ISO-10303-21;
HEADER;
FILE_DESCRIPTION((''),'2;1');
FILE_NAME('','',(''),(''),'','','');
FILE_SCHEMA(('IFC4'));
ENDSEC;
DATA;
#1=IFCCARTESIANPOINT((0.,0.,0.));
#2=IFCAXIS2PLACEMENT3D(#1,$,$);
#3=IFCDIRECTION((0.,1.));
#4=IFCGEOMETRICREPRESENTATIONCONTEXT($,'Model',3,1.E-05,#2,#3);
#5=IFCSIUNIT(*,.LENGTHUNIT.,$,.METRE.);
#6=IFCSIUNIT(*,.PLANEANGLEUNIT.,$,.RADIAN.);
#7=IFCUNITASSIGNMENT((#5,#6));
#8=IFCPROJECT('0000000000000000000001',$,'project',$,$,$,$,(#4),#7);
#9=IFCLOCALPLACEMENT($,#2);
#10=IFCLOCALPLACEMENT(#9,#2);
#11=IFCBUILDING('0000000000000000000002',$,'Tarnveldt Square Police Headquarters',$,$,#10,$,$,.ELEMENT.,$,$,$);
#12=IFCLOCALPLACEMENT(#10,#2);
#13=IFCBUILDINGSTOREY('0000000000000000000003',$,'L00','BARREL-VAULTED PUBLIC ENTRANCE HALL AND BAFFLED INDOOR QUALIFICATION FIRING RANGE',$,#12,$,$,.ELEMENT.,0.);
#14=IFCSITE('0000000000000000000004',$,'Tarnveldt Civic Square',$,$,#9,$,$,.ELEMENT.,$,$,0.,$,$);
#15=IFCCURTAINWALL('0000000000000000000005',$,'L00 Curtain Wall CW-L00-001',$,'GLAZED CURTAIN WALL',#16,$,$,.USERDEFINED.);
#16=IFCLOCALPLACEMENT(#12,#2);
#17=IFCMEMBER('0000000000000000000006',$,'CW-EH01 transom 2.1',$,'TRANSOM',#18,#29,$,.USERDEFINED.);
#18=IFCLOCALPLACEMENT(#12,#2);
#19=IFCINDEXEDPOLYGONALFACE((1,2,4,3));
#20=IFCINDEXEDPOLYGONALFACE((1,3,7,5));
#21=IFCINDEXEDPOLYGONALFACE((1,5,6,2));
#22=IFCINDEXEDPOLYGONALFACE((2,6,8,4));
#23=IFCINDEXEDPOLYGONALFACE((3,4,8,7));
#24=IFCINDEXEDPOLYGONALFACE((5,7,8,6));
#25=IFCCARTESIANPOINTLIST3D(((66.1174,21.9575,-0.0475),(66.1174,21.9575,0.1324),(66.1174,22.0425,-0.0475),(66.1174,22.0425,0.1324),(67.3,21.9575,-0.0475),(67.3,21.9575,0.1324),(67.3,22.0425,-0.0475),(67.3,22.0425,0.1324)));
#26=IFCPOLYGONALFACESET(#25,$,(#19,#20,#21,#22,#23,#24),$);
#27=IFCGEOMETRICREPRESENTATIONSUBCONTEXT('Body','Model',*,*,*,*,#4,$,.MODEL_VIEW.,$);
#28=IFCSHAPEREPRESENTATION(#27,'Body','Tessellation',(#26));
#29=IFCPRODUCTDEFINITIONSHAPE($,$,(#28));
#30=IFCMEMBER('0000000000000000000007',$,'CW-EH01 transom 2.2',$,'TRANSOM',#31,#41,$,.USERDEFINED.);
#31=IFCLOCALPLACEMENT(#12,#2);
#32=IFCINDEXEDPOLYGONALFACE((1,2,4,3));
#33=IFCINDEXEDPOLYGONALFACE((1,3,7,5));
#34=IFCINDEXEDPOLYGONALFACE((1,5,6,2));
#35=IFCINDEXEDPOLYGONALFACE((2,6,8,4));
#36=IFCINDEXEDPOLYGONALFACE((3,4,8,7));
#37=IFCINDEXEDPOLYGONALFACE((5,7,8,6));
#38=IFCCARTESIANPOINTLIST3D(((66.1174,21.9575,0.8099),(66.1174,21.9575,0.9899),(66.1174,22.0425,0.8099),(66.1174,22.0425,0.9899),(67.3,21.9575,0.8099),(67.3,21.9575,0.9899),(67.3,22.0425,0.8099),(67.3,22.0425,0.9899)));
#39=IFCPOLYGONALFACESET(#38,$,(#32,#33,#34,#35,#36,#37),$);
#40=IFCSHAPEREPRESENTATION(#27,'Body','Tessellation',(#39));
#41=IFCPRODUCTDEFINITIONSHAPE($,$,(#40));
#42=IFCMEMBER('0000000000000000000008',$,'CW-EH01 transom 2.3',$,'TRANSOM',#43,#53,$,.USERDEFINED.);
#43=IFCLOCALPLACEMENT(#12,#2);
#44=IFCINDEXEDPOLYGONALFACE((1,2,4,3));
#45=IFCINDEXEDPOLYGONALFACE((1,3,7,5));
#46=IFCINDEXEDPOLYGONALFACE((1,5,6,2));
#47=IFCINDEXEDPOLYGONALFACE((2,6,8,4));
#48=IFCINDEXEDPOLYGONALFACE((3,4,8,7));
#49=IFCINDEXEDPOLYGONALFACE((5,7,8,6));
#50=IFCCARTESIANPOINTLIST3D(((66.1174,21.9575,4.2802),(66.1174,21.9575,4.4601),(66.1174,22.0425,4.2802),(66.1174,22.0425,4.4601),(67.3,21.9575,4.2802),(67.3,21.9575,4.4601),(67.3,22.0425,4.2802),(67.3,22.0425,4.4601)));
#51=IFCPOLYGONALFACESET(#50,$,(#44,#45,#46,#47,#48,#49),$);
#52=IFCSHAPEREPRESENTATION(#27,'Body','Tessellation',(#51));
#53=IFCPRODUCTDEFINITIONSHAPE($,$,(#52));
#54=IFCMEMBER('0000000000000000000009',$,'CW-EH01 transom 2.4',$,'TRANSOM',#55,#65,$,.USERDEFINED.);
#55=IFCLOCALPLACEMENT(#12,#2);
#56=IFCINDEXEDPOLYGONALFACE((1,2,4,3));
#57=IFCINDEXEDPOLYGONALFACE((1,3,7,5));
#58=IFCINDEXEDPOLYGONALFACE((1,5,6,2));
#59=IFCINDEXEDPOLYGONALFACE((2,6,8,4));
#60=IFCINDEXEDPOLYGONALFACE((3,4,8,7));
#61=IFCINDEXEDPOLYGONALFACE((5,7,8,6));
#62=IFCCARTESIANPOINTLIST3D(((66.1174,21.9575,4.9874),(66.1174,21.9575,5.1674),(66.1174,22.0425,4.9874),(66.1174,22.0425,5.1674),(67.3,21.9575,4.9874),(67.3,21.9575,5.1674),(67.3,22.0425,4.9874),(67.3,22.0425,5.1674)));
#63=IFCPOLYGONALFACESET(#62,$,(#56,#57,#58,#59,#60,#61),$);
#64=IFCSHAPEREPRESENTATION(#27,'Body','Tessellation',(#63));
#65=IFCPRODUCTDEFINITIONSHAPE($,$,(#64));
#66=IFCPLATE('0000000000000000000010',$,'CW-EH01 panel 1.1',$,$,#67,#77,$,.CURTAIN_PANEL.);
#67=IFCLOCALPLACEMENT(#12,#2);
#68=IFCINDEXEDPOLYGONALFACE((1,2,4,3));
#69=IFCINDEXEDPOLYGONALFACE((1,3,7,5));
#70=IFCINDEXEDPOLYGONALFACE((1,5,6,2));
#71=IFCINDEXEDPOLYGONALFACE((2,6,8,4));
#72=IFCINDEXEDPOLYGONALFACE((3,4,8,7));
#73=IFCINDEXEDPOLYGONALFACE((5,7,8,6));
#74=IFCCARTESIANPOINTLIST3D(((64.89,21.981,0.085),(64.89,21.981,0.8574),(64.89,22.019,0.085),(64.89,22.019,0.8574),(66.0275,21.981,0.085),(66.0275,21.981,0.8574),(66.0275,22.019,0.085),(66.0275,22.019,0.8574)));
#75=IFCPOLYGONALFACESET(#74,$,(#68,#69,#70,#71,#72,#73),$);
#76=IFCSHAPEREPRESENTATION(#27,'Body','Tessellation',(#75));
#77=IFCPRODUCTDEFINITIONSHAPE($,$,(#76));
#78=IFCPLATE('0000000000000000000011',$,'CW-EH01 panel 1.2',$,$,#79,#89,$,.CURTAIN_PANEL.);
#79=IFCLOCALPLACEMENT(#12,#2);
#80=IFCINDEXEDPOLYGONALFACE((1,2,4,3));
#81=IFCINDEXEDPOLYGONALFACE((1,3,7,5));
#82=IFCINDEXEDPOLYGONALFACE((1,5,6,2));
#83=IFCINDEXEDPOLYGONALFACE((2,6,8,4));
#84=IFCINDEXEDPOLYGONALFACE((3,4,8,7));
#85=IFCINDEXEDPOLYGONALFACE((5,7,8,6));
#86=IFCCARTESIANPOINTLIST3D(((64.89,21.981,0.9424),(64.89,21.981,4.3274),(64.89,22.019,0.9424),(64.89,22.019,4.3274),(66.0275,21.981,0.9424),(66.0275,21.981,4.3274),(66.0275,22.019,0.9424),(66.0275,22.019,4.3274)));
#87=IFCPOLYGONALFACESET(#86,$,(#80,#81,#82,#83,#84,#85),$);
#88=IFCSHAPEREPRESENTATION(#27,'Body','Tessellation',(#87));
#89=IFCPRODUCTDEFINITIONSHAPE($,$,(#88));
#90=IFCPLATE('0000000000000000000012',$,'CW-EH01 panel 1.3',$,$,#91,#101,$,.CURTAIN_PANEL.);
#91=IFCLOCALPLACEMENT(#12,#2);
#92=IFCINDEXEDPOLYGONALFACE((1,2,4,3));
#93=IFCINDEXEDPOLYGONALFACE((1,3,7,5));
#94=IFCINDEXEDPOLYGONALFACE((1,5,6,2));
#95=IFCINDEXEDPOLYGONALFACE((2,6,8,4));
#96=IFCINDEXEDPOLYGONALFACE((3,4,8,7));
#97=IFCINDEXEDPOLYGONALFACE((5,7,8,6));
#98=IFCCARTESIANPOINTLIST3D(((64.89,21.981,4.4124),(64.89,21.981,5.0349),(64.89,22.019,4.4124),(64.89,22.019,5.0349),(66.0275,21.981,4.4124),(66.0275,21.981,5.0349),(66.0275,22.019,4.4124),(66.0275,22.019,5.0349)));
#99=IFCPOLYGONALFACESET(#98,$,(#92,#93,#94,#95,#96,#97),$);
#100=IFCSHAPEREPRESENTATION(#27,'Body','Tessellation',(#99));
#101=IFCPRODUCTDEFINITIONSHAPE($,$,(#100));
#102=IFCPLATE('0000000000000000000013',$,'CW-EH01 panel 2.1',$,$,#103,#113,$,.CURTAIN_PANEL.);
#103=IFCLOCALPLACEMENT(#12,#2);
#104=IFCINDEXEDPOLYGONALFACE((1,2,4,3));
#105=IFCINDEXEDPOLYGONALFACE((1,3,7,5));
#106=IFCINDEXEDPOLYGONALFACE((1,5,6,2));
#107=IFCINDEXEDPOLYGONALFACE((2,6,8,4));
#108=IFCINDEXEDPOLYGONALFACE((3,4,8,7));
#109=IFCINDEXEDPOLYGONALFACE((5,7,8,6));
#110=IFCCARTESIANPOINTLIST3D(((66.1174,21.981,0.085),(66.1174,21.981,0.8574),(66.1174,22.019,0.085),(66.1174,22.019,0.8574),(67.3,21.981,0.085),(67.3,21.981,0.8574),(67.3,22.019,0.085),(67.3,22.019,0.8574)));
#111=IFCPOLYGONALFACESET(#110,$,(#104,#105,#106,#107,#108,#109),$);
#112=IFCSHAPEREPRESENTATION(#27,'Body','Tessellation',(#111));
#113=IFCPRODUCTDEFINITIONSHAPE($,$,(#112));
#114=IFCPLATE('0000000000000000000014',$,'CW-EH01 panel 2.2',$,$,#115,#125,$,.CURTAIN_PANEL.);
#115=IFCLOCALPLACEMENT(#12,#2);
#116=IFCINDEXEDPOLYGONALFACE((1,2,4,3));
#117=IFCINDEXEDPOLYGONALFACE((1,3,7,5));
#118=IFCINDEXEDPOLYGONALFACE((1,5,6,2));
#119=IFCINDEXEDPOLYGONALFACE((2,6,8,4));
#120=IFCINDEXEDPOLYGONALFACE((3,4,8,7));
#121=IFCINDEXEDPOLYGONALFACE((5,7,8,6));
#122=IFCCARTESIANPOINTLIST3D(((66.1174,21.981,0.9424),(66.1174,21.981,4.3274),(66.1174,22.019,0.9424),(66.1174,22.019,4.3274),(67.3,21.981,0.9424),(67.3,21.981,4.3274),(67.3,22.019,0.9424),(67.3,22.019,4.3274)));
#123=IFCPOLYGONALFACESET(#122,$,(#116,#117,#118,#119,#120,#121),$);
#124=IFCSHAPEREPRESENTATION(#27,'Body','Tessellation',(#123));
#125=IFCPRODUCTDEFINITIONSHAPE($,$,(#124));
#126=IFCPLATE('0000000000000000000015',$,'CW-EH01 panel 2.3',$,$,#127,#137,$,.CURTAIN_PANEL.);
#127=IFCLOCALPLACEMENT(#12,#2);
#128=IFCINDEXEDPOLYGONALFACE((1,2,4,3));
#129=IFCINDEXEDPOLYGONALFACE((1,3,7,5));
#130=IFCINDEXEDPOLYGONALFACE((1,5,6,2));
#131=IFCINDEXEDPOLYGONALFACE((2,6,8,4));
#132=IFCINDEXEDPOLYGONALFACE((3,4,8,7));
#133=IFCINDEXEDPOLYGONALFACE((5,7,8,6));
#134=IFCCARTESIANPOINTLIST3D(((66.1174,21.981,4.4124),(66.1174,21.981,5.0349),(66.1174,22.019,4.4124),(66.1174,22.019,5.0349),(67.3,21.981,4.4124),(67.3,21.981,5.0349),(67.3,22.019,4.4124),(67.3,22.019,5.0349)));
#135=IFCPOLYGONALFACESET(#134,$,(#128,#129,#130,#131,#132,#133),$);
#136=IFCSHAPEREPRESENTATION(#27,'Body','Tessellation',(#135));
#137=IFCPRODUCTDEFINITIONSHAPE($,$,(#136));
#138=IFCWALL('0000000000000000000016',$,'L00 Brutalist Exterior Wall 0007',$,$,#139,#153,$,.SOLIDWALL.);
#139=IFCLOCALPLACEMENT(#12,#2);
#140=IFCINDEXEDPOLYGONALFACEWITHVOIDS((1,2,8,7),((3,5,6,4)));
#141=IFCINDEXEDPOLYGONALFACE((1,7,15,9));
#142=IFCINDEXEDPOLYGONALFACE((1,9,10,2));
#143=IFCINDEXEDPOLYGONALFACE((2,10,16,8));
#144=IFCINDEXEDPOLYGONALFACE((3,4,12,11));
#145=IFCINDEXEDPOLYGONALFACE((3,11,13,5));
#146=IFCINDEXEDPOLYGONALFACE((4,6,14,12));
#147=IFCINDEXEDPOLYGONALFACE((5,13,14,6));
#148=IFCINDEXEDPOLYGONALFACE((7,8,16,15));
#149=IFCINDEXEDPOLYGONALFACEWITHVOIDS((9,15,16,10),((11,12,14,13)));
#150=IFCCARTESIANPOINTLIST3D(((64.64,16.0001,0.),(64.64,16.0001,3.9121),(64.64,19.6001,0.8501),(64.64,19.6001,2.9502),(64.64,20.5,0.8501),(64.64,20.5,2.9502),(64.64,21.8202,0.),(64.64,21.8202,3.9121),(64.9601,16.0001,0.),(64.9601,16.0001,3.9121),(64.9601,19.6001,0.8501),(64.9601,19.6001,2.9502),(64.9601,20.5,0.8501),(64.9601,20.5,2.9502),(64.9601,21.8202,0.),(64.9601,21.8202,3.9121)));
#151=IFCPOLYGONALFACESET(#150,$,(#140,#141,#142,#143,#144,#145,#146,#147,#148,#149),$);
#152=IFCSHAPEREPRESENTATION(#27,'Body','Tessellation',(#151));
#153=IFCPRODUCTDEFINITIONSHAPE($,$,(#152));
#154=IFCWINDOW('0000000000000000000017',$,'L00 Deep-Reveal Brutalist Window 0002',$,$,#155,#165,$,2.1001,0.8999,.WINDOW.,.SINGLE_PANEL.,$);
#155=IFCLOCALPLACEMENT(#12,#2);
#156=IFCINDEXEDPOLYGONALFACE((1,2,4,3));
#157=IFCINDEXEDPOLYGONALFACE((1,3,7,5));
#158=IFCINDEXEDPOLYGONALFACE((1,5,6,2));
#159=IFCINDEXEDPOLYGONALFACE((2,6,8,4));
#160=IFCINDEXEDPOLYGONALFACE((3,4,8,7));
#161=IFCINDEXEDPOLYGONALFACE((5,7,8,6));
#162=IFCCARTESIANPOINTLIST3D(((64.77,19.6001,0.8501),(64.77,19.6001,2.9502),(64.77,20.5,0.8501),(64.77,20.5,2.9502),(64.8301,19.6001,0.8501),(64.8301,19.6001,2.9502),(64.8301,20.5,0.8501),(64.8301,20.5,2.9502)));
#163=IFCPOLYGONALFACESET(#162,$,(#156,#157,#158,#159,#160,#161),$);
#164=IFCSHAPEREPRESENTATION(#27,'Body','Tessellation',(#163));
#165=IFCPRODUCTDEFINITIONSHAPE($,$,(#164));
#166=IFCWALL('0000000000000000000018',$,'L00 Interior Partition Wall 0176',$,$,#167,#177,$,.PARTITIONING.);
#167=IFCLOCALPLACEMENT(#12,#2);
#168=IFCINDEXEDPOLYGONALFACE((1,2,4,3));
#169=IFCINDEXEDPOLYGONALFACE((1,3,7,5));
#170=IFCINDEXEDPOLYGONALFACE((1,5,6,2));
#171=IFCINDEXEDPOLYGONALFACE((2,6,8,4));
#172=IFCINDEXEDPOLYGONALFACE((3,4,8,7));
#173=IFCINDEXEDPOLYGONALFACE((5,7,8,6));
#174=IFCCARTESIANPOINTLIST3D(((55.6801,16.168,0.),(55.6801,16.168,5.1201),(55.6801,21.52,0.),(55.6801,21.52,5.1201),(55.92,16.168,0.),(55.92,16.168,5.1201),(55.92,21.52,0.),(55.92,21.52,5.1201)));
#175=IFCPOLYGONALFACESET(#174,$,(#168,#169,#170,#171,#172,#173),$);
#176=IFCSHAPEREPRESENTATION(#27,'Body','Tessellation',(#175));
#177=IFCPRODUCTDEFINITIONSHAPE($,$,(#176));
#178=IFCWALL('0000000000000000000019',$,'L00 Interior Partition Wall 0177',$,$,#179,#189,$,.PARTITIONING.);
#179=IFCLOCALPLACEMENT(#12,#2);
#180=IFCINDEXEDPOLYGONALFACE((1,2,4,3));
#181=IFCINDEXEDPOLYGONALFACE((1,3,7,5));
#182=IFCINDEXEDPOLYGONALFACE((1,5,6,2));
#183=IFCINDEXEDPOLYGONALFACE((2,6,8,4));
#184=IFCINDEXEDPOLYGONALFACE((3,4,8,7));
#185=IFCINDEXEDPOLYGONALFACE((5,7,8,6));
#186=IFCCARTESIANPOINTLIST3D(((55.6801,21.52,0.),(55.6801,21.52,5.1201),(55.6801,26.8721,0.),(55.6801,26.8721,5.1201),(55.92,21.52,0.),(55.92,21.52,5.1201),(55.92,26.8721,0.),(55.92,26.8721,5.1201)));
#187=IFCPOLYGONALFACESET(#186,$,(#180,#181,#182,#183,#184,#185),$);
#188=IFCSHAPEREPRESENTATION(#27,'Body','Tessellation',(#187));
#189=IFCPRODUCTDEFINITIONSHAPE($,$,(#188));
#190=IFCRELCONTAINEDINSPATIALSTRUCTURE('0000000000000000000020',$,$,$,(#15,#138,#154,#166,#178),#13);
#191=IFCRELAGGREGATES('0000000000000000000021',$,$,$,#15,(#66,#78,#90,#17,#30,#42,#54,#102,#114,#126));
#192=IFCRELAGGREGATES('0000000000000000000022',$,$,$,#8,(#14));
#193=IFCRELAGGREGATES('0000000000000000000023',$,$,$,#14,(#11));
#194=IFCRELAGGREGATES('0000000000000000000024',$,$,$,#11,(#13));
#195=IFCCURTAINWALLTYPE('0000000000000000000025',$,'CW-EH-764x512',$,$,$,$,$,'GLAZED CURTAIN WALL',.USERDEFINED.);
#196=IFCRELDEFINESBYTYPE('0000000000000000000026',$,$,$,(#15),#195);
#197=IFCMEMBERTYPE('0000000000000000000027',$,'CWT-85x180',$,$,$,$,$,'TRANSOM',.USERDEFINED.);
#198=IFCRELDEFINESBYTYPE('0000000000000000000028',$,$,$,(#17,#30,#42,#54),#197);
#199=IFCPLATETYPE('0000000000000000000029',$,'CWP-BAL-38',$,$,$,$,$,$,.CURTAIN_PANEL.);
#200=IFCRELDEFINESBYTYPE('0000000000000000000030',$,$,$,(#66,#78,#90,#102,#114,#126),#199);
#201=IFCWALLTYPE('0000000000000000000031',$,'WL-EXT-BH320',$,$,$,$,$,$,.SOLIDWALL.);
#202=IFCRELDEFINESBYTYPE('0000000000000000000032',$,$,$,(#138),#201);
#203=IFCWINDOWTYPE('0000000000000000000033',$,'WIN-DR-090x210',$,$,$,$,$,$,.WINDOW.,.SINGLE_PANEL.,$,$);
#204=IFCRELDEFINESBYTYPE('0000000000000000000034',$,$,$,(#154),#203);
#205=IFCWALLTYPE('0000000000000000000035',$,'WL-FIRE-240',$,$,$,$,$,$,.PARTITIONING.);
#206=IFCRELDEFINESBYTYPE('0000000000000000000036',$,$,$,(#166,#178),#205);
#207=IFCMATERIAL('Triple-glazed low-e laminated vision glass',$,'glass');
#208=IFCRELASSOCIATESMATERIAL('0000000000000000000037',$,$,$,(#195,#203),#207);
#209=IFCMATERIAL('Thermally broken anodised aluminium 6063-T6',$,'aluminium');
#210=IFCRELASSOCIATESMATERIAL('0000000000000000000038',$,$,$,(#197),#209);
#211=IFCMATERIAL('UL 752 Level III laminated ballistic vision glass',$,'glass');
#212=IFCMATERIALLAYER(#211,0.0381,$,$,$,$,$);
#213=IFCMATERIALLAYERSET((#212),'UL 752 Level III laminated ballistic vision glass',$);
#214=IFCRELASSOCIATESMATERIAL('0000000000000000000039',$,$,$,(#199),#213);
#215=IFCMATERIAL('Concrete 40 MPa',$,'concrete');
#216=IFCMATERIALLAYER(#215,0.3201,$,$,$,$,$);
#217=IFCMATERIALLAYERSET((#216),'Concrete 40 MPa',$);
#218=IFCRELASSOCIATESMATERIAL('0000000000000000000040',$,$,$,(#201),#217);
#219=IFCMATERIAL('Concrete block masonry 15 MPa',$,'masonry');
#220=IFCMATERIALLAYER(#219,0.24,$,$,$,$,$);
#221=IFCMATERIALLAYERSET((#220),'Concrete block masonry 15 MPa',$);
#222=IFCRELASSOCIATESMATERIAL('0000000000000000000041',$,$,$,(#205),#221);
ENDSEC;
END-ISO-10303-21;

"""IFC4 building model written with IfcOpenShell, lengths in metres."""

from ifc_helpers import new_model, si_unit, direction, frame, frame_2d, origin, origin_2d, place, context, subcontext, project, spatial, rectangle, extrude, material, layer, layer_set, material_profile, profile_set, type_object, element, fill, aggregate, save


model = new_model("IFC4")

# Units and contexts
model_context = context("Model", 3, precision=1e-05, world=origin(), true_north=direction((0.0, 1.0)))
body_context = subcontext(model_context, "Body", "Model", "MODEL_VIEW")
ifc_project = project(units=[si_unit("LENGTHUNIT", "METRE"), si_unit("PLANEANGLEUNIT", "RADIAN")], contexts=[model_context])

# Site, building, storey
site_placement = place(None, origin())
site = spatial("IfcSite", under=ifc_project, at=site_placement, Name="Tarnveldt Civic Square", CompositionType="ELEMENT", RefElevation=0.0)
building_placement = place(site_placement, origin())
building = spatial("IfcBuilding", under=site, at=building_placement, Name="Tarnveldt Square Police Headquarters", CompositionType="ELEMENT")
storey_placement = place(building_placement, origin())
storey = spatial("IfcBuildingStorey", under=building, at=storey_placement, Name="L00", Description="BARREL-VAULTED PUBLIC ENTRANCE HALL AND BAFFLED INDOOR QUALIFICATION FIRING RANGE", CompositionType="ELEMENT", Elevation=0.0)

# Shared definitions
ifc_material_1 = material(Name="Concrete 40 MPa", Category="concrete")

# Curtain wall, members, plates
ifc_material_2 = material(Name="Triple-glazed low-e laminated vision glass", Category="glass")
curtain_wall_type = type_object("IfcCurtainWallType", Name="CW-EH-764x512", ElementType="GLAZED CURTAIN WALL", PredefinedType="USERDEFINED", material=ifc_material_2)
curtain_wall_placement = place(storey_placement, origin())
curtain_wall = element("IfcCurtainWall", 1, at=curtain_wall_placement, inside=storey, type_object=curtain_wall_type, Name="L00 Curtain Wall CW-L00-001", ObjectType="GLAZED CURTAIN WALL", PredefinedType="USERDEFINED")
ifc_material_3 = material(Name="Thermally broken anodised aluminium 6063-T6", Category="aluminium")
ifc_material_profile_1 = material_profile(ifc_material_3, rectangle(XDim=0.085, YDim=0.1799, at=origin_2d()), Name="CW-T85x180")
ifc_profile_set_1 = profile_set([ifc_material_profile_1], Name="Thermally broken anodised aluminium 6063-T6")
member_type_1 = type_object("IfcMemberType", Name="CWT-85x180", ElementType="TRANSOM", PredefinedType="USERDEFINED", material=ifc_profile_set_1)
member_1_placement = place(storey_placement, frame((66.1174, 22.0, 0.0425), z_axis=(1.0, 0.0, 0.0), x_axis=(0.0, 1.0, 0.0)))
member_1 = element("IfcMember", 2, at=member_1_placement, type_object=member_type_1, Name="CW-EH01 transom 2.1", ObjectType="TRANSOM", PredefinedType="USERDEFINED", context=body_context, shape_type="SweptSolid", body=[
    extrude(rectangle(XDim=0.085, YDim=0.1799, at=origin_2d()), origin(), (0.0, 0.0, 1.0), 1.1826),
])
member_2_placement = place(storey_placement, frame((66.1174, 22.0, 0.8999), z_axis=(1.0, 0.0, 0.0), x_axis=(0.0, 1.0, 0.0)))
member_2 = element("IfcMember", 3, at=member_2_placement, type_object=member_type_1, Name="CW-EH01 transom 2.2", ObjectType="TRANSOM", PredefinedType="USERDEFINED", context=body_context, shape_type="SweptSolid", body=[
    extrude(rectangle(XDim=0.085, YDim=0.1799, at=origin_2d()), origin(), (0.0, 0.0, 1.0), 1.1826),
])
member_3_placement = place(storey_placement, frame((66.1174, 22.0, 4.3701), z_axis=(1.0, 0.0, 0.0), x_axis=(0.0, 1.0, 0.0)))
member_3 = element("IfcMember", 4, at=member_3_placement, type_object=member_type_1, Name="CW-EH01 transom 2.3", ObjectType="TRANSOM", PredefinedType="USERDEFINED", context=body_context, shape_type="SweptSolid", body=[
    extrude(rectangle(XDim=0.085, YDim=0.1799, at=origin_2d()), origin(), (0.0, 0.0, 1.0), 1.1826),
])
member_4_placement = place(storey_placement, frame((66.1174, 22.0, 5.0774), z_axis=(1.0, 0.0, 0.0), x_axis=(0.0, 1.0, 0.0)))
member_4 = element("IfcMember", 5, at=member_4_placement, type_object=member_type_1, Name="CW-EH01 transom 2.4", ObjectType="TRANSOM", PredefinedType="USERDEFINED", context=body_context, shape_type="SweptSolid", body=[
    extrude(rectangle(XDim=0.085, YDim=0.1799, at=origin_2d()), origin(), (0.0, 0.0, 1.0), 1.1826),
])
ifc_material_4 = material(Name="UL 752 Level III laminated ballistic vision glass", Category="glass")
ifc_layer_1 = layer(ifc_material_4, 0.0381)
ifc_layer_set_1 = layer_set([ifc_layer_1], Name="UL 752 Level III laminated ballistic vision glass")
plate_type = type_object("IfcPlateType", Name="CWP-BAL-38", PredefinedType="CURTAIN_PANEL", material=ifc_layer_set_1)
plate_1_placement = place(storey_placement, frame((65.4587, 22.0, 0.085), z_axis=(0.0, 0.0, 1.0), x_axis=(1.0, 0.0, 0.0)))
plate_1 = element("IfcPlate", 6, at=plate_1_placement, type_object=plate_type, Name="CW-EH01 panel 1.1", PredefinedType="CURTAIN_PANEL", context=body_context, shape_type="SweptSolid", body=[
    extrude(rectangle(XDim=1.1375, YDim=0.0381, at=origin_2d()), origin(), (0.0, 0.0, 1.0), 0.7725),
])
plate_2_placement = place(storey_placement, frame((65.4587, 22.0, 0.9424), z_axis=(0.0, 0.0, 1.0), x_axis=(1.0, 0.0, 0.0)))
plate_2 = element("IfcPlate", 7, at=plate_2_placement, type_object=plate_type, Name="CW-EH01 panel 1.2", PredefinedType="CURTAIN_PANEL", context=body_context, shape_type="SweptSolid", body=[
    extrude(rectangle(XDim=1.1375, YDim=0.0381, at=origin_2d()), origin(), (0.0, 0.0, 1.0), 3.385),
])
plate_3_placement = place(storey_placement, frame((65.4587, 22.0, 4.4124), z_axis=(0.0, 0.0, 1.0), x_axis=(1.0, 0.0, 0.0)))
plate_3 = element("IfcPlate", 8, at=plate_3_placement, type_object=plate_type, Name="CW-EH01 panel 1.3", PredefinedType="CURTAIN_PANEL", context=body_context, shape_type="SweptSolid", body=[
    extrude(rectangle(XDim=1.1375, YDim=0.0381, at=origin_2d()), origin(), (0.0, 0.0, 1.0), 0.6226),
])
plate_4_placement = place(storey_placement, frame((66.7087, 22.0, 0.085), z_axis=(0.0, 0.0, 1.0), x_axis=(1.0, 0.0, 0.0)))
plate_4 = element("IfcPlate", 9, at=plate_4_placement, type_object=plate_type, Name="CW-EH01 panel 2.1", PredefinedType="CURTAIN_PANEL", context=body_context, shape_type="SweptSolid", body=[
    extrude(rectangle(XDim=1.1826, YDim=0.0381, at=origin_2d()), origin(), (0.0, 0.0, 1.0), 0.7725),
])
plate_5_placement = place(storey_placement, frame((66.7087, 22.0, 0.9424), z_axis=(0.0, 0.0, 1.0), x_axis=(1.0, 0.0, 0.0)))
plate_5 = element("IfcPlate", 10, at=plate_5_placement, type_object=plate_type, Name="CW-EH01 panel 2.2", PredefinedType="CURTAIN_PANEL", context=body_context, shape_type="SweptSolid", body=[
    extrude(rectangle(XDim=1.1826, YDim=0.0381, at=origin_2d()), origin(), (0.0, 0.0, 1.0), 3.385),
])
plate_6_placement = place(storey_placement, frame((66.7087, 22.0, 4.4124), z_axis=(0.0, 0.0, 1.0), x_axis=(1.0, 0.0, 0.0)))
plate_6 = element("IfcPlate", 11, at=plate_6_placement, type_object=plate_type, Name="CW-EH01 panel 2.3", PredefinedType="CURTAIN_PANEL", context=body_context, shape_type="SweptSolid", body=[
    extrude(rectangle(XDim=1.1826, YDim=0.0381, at=origin_2d()), origin(), (0.0, 0.0, 1.0), 0.6226),
])
aggregate(curtain_wall, [plate_1, plate_2, plate_3, member_1, member_2, member_3, member_4, plate_4, plate_5, plate_6])

# Wall, opening, window
ifc_layer_2 = layer(ifc_material_1, 0.3201)
ifc_layer_set_2 = layer_set([ifc_layer_2], Name="Concrete 40 MPa")
wall_type_1 = type_object("IfcWallType", Name="WL-EXT-BH320", PredefinedType="SOLIDWALL", material=ifc_layer_set_2)
wall_placement = place(storey_placement, frame((64.8, 16.0, 0.0), z_axis=(0.0, 0.0, 1.0), x_axis=(0.0, 1.0, 0.0)))
wall = element("IfcWall", 12, at=wall_placement, inside=storey, type_object=wall_type_1, Name="L00 Brutalist Exterior Wall 0007", PredefinedType="SOLIDWALL", context=body_context, shape_type="SweptSolid", body=[
    extrude(rectangle(XDim=5.8201, YDim=0.3201, at=frame_2d((2.9102, 0.0))), origin(), (0.0, 0.0, 1.0), 3.9121),
])
opening_placement = place(wall_placement, frame((3.6001, 0.0, 0.8501)))
opening = element("IfcOpeningElement", 13, at=opening_placement, cuts=wall, PredefinedType="OPENING", context=body_context, shape_type="SweptSolid", body=[
    extrude(rectangle(XDim=0.8999, YDim=2.1001, at=frame_2d((0.45, 1.05))), frame((0.0, 0.1699, 0.0), z_axis=(0.0, -1.0, 0.0), x_axis=(1.0, 0.0, 0.0)), (0.0, 0.0, 1.0), 0.3401),
])
window_type = type_object("IfcWindowType", Name="WIN-DR-090x210", PartitioningType="SINGLE_PANEL", PredefinedType="WINDOW", material=ifc_material_2)
window_placement = place(opening_placement, origin())
window = element("IfcWindow", 14, at=window_placement, inside=storey, type_object=window_type, Name="L00 Deep-Reveal Brutalist Window 0002", OverallHeight=2.1001, OverallWidth=0.8999, PartitioningType="SINGLE_PANEL", PredefinedType="WINDOW", context=body_context, shape_type="SweptSolid", body=[
    extrude(rectangle(XDim=0.8999, YDim=2.1001, at=frame_2d((0.45, 1.05))), frame((0.0, 0.03, 0.0), z_axis=(0.0, -1.0, 0.0), x_axis=(1.0, 0.0, 0.0)), (0.0, 0.0, 1.0), 0.0601),
])
fill(opening, window)

# Walls
ifc_material_5 = material(Name="Concrete block masonry 15 MPa", Category="masonry")
ifc_layer_3 = layer(ifc_material_5, 0.24)
ifc_layer_set_3 = layer_set([ifc_layer_3], Name="Concrete block masonry 15 MPa")
wall_type_2 = type_object("IfcWallType", Name="WL-FIRE-240", PredefinedType="PARTITIONING", material=ifc_layer_set_3)
for number, where, z_axis, x_axis, name in (
    (15, (55.8, 16.168, 0.0), (0.0, 0.0, 1.0), (0.0, 1.0, 0.0), "L00 Interior Partition Wall 0176"),
    (16, (55.8, 21.52, 0.0), (0.0, 0.0, 1.0), (0.0, 1.0, 0.0), "L00 Interior Partition Wall 0177"),
):
    element("IfcWall", number, at=place(storey_placement, frame(where, z_axis=z_axis, x_axis=x_axis)), inside=storey, type_object=wall_type_2, Name=name, PredefinedType="PARTITIONING", context=body_context, shape_type="SweptSolid", body=[
        extrude(rectangle(XDim=5.3521, YDim=0.24, at=frame_2d((2.676, 0.0))), origin(), (0.0, 0.0, 1.0), 5.1201),
    ])

save(model, "model.ifc")
